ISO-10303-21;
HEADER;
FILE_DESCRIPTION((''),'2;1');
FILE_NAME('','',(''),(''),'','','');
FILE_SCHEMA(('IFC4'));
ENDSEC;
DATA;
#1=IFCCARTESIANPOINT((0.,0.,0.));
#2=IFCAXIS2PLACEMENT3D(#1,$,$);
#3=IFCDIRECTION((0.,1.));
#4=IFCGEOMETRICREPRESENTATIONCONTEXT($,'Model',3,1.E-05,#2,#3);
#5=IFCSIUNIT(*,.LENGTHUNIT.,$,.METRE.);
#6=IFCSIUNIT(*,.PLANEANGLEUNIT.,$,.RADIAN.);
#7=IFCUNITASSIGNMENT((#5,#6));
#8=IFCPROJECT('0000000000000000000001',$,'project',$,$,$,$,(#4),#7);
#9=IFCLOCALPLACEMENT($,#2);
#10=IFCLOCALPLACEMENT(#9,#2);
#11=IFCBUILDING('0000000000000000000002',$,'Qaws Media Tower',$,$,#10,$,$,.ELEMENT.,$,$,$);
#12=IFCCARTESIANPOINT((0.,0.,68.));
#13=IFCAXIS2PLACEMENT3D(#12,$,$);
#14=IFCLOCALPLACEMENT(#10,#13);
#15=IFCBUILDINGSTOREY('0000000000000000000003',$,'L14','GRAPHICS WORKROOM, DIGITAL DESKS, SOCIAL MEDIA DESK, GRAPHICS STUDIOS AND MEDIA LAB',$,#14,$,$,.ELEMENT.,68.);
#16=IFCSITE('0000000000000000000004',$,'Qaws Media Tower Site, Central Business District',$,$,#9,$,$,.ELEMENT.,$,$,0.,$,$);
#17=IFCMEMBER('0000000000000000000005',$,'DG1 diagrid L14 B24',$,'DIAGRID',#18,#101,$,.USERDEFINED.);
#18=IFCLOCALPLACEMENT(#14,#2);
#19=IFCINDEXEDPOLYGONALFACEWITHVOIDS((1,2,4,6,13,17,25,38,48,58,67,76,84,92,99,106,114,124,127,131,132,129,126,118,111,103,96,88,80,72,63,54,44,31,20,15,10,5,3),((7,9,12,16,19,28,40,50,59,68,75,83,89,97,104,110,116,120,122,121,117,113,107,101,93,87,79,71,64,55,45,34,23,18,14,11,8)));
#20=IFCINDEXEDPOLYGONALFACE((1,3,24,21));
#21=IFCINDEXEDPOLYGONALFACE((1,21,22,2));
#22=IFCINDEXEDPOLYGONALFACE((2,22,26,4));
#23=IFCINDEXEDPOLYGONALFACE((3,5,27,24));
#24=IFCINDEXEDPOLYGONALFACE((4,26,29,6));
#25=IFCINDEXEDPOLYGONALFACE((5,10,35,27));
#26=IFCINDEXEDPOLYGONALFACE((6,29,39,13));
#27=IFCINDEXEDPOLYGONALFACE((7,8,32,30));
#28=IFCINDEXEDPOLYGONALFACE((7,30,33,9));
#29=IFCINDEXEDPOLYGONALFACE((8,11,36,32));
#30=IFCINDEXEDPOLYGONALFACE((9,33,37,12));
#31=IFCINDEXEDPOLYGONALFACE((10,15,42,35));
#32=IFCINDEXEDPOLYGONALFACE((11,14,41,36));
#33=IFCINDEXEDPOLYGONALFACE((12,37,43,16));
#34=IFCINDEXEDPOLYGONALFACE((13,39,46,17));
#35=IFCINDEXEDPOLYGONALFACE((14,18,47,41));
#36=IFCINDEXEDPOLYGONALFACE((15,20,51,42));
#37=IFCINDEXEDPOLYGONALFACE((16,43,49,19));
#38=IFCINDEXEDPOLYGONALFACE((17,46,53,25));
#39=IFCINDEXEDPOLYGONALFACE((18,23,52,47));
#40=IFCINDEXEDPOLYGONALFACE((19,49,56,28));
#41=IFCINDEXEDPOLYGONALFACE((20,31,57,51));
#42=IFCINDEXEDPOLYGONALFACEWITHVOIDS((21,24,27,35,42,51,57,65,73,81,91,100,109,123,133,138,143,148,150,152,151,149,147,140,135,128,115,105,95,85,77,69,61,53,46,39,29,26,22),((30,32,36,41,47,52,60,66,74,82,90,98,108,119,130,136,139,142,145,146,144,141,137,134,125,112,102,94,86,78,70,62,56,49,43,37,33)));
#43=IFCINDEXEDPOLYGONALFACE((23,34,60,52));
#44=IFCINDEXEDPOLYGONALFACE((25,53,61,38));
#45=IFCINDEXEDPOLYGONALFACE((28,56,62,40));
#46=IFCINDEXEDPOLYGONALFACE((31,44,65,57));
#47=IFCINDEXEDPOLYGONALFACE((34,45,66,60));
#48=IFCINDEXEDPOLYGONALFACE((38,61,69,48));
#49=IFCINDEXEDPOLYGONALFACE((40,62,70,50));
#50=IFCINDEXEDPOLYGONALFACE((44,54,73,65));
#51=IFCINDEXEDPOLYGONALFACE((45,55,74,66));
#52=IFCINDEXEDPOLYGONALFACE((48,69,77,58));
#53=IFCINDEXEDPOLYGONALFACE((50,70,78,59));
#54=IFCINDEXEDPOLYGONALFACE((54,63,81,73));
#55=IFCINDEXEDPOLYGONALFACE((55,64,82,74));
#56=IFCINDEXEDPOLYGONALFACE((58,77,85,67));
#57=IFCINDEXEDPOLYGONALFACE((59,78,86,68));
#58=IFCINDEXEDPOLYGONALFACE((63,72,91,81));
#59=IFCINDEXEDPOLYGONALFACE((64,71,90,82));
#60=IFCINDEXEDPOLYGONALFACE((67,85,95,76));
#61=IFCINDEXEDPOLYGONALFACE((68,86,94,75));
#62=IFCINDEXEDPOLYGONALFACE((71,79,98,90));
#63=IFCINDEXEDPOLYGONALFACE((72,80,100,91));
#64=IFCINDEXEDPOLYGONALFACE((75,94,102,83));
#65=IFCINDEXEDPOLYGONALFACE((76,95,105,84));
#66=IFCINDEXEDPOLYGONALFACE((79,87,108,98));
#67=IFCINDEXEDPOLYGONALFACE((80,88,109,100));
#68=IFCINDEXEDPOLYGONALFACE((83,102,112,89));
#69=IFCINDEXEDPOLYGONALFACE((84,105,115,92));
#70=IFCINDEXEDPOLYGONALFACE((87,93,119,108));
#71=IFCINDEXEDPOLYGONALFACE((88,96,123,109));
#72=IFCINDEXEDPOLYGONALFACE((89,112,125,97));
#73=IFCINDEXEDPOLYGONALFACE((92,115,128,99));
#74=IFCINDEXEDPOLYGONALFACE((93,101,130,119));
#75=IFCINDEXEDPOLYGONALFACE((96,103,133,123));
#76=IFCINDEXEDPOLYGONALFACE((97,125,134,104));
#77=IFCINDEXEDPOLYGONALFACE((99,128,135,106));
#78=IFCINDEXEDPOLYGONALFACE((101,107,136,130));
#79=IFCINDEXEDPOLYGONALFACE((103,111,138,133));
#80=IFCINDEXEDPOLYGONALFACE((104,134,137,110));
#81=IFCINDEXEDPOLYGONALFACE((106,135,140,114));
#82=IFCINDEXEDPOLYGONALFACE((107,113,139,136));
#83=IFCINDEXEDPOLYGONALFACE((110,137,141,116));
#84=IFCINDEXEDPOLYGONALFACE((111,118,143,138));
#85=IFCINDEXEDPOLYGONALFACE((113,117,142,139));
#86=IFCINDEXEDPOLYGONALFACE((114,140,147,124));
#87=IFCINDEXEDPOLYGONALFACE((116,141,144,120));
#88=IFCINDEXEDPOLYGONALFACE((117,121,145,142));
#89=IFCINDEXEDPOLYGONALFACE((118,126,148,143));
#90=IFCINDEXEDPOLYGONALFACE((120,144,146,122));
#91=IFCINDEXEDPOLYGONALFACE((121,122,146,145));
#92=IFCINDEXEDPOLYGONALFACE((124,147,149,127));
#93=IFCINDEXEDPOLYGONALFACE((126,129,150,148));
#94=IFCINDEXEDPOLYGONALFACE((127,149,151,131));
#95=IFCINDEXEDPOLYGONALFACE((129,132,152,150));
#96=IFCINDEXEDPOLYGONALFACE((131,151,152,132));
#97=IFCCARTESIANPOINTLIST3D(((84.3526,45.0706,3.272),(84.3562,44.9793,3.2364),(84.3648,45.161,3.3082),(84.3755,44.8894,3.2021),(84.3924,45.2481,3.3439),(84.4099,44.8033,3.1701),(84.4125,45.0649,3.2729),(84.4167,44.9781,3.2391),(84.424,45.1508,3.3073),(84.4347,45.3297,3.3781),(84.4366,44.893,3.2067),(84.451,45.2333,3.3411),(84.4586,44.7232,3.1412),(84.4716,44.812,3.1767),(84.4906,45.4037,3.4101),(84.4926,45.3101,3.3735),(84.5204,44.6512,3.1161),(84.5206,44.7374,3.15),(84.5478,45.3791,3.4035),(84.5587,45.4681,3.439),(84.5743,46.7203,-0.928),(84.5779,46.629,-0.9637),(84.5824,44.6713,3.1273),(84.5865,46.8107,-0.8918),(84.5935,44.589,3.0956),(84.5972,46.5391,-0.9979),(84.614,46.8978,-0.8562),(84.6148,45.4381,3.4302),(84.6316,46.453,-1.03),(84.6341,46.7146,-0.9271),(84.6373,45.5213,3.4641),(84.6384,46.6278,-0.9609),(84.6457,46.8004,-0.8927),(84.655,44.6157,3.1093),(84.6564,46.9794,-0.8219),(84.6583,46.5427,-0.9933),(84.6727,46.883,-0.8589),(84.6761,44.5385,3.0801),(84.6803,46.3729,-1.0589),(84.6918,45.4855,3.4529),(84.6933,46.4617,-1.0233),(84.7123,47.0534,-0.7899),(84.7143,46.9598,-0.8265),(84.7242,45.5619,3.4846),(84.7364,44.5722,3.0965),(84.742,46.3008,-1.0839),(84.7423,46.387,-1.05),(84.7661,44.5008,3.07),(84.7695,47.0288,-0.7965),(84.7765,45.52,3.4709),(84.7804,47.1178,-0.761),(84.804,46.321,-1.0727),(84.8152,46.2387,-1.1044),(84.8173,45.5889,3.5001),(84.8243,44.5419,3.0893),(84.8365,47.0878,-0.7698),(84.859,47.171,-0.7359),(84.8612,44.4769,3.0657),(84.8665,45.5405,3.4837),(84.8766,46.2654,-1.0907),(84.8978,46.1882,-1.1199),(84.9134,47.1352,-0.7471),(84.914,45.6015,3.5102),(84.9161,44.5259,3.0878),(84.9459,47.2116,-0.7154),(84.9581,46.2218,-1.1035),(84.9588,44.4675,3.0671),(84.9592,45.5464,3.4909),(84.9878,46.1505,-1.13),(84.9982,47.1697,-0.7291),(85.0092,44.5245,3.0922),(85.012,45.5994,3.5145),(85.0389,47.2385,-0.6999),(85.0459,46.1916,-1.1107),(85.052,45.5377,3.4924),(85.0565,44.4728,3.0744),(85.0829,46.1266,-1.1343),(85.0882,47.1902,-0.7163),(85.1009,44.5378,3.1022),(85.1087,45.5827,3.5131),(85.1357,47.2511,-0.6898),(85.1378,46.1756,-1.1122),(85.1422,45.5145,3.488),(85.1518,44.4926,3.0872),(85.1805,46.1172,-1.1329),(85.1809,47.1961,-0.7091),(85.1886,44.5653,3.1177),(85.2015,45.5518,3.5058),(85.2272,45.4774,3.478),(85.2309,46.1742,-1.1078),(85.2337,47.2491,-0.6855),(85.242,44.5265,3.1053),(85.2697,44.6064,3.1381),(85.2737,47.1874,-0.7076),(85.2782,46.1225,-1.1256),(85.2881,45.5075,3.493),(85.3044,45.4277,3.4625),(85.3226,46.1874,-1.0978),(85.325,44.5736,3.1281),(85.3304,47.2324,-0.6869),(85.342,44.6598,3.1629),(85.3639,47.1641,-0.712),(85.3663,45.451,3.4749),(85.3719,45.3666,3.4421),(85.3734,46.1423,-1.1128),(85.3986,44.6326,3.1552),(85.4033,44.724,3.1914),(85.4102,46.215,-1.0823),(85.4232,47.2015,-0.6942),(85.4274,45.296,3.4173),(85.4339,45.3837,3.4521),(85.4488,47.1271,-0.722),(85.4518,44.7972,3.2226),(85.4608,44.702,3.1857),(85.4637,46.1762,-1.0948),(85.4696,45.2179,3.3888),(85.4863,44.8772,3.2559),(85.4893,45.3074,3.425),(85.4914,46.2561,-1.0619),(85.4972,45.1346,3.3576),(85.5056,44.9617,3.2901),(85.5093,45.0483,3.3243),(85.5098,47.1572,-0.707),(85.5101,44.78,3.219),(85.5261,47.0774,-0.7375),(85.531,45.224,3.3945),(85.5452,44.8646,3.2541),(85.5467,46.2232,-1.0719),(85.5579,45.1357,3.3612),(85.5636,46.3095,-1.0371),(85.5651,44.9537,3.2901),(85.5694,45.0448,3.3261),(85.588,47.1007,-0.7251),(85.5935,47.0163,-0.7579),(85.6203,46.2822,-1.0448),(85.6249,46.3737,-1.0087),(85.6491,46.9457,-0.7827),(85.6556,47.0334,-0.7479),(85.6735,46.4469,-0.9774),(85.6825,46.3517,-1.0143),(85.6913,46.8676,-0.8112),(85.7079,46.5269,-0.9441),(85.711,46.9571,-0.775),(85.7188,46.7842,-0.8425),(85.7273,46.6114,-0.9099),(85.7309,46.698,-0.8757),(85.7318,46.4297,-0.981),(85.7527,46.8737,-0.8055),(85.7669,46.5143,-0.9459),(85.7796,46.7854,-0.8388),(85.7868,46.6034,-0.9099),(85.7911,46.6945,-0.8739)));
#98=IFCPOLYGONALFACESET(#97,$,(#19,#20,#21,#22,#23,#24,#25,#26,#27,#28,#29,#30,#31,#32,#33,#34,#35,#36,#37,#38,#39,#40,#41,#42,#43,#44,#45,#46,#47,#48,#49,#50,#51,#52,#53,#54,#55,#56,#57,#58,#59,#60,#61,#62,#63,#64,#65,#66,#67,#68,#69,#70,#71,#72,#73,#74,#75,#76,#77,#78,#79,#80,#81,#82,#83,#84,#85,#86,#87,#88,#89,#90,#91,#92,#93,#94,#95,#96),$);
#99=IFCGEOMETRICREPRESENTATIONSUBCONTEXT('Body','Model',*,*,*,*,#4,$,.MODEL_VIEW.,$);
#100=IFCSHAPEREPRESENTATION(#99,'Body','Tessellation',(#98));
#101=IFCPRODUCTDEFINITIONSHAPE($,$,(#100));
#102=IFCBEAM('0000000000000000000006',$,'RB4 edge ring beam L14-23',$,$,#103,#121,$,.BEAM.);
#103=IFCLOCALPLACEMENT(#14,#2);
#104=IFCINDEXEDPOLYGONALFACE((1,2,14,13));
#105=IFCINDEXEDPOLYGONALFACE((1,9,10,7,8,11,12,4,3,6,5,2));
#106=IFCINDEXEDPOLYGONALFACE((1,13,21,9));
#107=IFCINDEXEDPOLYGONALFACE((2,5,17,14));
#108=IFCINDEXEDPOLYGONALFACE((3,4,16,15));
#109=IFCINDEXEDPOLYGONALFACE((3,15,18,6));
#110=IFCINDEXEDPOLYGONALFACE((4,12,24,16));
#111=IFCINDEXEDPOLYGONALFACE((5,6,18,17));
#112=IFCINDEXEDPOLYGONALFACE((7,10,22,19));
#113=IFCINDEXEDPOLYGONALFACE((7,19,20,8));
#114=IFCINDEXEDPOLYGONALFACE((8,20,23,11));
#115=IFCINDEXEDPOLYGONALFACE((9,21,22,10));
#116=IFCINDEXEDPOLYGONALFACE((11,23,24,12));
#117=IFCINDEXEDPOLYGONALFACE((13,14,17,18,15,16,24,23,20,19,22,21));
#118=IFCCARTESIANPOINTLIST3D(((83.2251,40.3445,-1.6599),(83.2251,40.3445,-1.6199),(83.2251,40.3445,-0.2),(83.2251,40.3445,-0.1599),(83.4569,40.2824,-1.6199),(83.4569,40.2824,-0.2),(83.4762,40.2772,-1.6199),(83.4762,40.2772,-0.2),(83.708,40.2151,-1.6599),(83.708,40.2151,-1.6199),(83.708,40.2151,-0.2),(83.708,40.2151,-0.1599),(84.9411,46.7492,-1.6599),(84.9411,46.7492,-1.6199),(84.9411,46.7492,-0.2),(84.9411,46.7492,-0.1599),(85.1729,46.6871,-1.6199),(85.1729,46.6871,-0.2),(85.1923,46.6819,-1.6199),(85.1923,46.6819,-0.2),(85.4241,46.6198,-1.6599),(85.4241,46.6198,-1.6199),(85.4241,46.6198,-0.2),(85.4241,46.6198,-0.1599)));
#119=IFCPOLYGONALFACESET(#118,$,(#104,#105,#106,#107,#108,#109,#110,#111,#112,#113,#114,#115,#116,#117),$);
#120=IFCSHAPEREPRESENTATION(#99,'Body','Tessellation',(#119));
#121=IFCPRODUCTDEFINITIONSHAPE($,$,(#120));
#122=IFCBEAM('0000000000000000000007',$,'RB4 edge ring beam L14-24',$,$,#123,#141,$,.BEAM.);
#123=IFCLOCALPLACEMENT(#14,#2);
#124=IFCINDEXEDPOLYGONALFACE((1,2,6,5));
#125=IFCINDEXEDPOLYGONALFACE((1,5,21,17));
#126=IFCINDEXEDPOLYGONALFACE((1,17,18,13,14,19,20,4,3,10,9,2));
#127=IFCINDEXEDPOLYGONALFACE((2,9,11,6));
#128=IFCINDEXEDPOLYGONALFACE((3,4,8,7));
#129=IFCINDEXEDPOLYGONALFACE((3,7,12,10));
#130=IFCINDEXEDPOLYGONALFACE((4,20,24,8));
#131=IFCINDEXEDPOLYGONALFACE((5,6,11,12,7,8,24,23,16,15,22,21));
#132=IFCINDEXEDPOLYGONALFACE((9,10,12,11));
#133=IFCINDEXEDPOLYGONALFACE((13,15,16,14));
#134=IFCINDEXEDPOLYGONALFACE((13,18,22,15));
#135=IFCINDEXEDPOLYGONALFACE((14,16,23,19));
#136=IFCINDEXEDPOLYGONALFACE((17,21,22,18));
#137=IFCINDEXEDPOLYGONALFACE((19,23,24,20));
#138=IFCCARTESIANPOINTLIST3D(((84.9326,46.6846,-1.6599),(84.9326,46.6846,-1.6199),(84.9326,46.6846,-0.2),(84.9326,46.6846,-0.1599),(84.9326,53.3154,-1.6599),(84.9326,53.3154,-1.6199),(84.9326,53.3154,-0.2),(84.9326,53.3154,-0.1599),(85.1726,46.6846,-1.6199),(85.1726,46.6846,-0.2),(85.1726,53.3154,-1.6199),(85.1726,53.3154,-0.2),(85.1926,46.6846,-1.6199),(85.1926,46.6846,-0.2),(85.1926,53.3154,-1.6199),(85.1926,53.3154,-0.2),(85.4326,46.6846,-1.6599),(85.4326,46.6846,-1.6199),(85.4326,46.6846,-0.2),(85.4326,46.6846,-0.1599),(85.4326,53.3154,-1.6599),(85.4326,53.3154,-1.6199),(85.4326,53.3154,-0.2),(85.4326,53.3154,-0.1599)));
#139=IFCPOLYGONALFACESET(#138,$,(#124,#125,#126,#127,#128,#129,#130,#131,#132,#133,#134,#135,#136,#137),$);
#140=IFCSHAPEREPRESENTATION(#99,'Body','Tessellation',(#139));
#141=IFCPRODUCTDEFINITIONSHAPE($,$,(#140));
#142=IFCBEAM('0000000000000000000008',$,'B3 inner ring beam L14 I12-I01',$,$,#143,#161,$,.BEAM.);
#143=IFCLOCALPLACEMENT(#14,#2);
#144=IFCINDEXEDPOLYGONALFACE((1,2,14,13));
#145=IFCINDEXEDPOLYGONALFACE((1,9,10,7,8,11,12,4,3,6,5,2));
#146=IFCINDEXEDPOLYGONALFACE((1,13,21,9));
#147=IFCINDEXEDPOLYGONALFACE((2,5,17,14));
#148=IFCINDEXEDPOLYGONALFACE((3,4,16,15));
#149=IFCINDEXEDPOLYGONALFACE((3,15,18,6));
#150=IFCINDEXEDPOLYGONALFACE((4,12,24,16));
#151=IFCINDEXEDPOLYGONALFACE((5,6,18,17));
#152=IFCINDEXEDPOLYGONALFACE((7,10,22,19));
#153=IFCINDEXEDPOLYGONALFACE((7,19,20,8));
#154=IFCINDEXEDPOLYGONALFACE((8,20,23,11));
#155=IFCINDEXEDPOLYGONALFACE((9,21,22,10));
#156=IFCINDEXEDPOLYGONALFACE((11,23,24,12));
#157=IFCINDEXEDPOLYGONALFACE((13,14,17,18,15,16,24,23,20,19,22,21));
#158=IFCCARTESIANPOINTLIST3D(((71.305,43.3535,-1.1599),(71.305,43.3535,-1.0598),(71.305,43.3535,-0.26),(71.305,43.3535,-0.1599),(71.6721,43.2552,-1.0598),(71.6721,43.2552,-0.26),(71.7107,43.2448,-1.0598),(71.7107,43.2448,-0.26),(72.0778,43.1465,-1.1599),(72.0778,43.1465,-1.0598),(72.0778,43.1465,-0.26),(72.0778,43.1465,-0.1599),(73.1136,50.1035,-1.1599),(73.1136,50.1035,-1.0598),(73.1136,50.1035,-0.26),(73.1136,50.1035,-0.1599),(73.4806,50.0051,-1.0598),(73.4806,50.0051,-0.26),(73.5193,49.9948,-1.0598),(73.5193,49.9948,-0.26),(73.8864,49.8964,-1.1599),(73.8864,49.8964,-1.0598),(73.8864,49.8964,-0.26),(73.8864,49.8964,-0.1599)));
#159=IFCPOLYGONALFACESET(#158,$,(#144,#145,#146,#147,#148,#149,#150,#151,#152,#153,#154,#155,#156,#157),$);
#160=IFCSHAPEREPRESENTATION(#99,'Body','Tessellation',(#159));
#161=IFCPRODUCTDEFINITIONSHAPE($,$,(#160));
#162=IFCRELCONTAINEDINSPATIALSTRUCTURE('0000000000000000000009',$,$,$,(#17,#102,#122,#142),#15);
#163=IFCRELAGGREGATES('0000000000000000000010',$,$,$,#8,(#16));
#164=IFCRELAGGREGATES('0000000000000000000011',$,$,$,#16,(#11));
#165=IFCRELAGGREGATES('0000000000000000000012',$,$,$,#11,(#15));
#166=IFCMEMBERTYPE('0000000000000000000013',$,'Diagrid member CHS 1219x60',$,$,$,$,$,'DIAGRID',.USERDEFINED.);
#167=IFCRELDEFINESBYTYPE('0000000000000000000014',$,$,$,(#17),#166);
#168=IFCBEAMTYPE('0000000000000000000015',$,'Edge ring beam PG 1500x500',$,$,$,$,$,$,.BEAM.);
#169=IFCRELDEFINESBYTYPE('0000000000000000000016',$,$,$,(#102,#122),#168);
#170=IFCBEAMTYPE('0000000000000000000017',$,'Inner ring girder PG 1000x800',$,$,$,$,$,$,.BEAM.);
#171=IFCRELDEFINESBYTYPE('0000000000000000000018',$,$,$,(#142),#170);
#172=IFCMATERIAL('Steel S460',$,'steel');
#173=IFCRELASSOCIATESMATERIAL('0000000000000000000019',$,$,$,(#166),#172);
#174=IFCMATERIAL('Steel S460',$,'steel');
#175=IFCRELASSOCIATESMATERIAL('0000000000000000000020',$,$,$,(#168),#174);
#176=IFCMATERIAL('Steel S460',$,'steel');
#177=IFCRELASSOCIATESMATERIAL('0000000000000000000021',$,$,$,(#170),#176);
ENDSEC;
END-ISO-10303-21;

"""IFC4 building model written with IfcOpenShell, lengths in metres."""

from ifc_helpers import new_model, si_unit, direction, frame, origin, origin_2d, place, context, subcontext, project, spatial, hollow_circle, i_section, extrude, material, material_profile, profile_set, type_object, element, save


model = new_model("IFC4")

# Units and contexts
model_context = context("Model", 3, precision=1e-05, world=origin(), true_north=direction((0.0, 1.0)))
body_context = subcontext(model_context, "Body", "Model", "MODEL_VIEW")
ifc_project = project(units=[si_unit("LENGTHUNIT", "METRE"), si_unit("PLANEANGLEUNIT", "RADIAN")], contexts=[model_context])

# Site, building, storey
site_placement = place(None, origin())
site = spatial("IfcSite", under=ifc_project, at=site_placement, Name="Qaws Media Tower Site, Central Business District", CompositionType="ELEMENT", RefElevation=0.0)
building_placement = place(site_placement, origin())
building = spatial("IfcBuilding", under=site, at=building_placement, Name="Qaws Media Tower", CompositionType="ELEMENT")
storey_placement = place(building_placement, frame((0.0, 0.0, 68.0)))
storey = spatial("IfcBuildingStorey", under=building, at=storey_placement, Name="L14", Description="GRAPHICS WORKROOM, DIGITAL DESKS, SOCIAL MEDIA DESK, GRAPHICS STUDIOS AND MEDIA LAB", CompositionType="ELEMENT", Elevation=68.0)

# Member
ifc_material_1 = material(Name="Steel S460", Category="steel")
ifc_material_profile_1 = material_profile(ifc_material_1, hollow_circle(Radius=0.6096, WallThickness=0.0601, at=origin_2d()), Name="CHS 1219x60")
ifc_profile_set_1 = profile_set([ifc_material_profile_1], Name="Steel S460")
member_type_1 = type_object("IfcMemberType", Name="Diagrid member CHS 1219x60", ElementType="DIAGRID", PredefinedType="USERDEFINED", material=ifc_profile_set_1)
for number, where, z_axis, x_axis, name in (
    (1, (85.1826, 46.6846, -0.9099), (-0.049069, -0.36515, 0.929655), (0.991092, -0.133182, 0.0), "DG1 diagrid L14 B24"),
):
    element("IfcMember", number, at=place(storey_placement, frame(where, z_axis=z_axis, x_axis=x_axis)), inside=storey, type_object=member_type_1, Name=name, ObjectType="DIAGRID", PredefinedType="USERDEFINED", context=body_context, shape_type="SweptSolid", body=[
        extrude(hollow_circle(Radius=0.6096, WallThickness=0.0601, at=origin_2d()), origin(), (0.0, 0.0, 1.0), 4.5178),
    ])

# Beams
ifc_material_2 = material(Name="Steel S460", Category="steel")
ifc_material_profile_2 = material_profile(ifc_material_2, i_section(OverallWidth=0.5, OverallDepth=1.5, WebThickness=0.02, FlangeThickness=0.04, at=origin_2d()), Name="PG 1500x500")
ifc_profile_set_2 = profile_set([ifc_material_profile_2], Name="Steel S460")
beam_type_1 = type_object("IfcBeamType", Name="Edge ring beam PG 1500x500", PredefinedType="BEAM", material=ifc_profile_set_2)
beam_1_placement = place(storey_placement, frame((83.4666, 40.2798, -0.9099), z_axis=(0.258806, 0.965929, 0.0), x_axis=(-0.965929, 0.258806, 0.0)))
element("IfcBeam", 2, at=beam_1_placement, inside=storey, type_object=beam_type_1, Name="RB4 edge ring beam L14-23", PredefinedType="BEAM", context=body_context, shape_type="SweptSolid", body=[
    extrude(i_section(OverallWidth=0.5, OverallDepth=1.5, WebThickness=0.02, FlangeThickness=0.04, at=origin_2d()), origin(), (0.0, 0.0, 1.0), 6.6306),
])
beam_2_placement = place(storey_placement, frame((85.1826, 46.6846, -0.9099), z_axis=(0.0, 1.0, 0.0), x_axis=(-1.0, 0.0, 0.0)))
element("IfcBeam", 3, at=beam_2_placement, inside=storey, type_object=beam_type_1, Name="RB4 edge ring beam L14-24", PredefinedType="BEAM", context=body_context, shape_type="SweptSolid", body=[
    extrude(i_section(OverallWidth=0.5, OverallDepth=1.5, WebThickness=0.02, FlangeThickness=0.04, at=origin_2d()), origin(), (0.0, 0.0, 1.0), 6.6309),
])
ifc_material_3 = material(Name="Steel S460", Category="steel")
ifc_material_profile_3 = material_profile(ifc_material_3, i_section(OverallWidth=0.8, OverallDepth=1.0, WebThickness=0.04, FlangeThickness=0.1001, at=origin_2d()), Name="PG 1000x800")
ifc_profile_set_3 = profile_set([ifc_material_profile_3], Name="Steel S460")
beam_type_2 = type_object("IfcBeamType", Name="Inner ring girder PG 1000x800", PredefinedType="BEAM", material=ifc_profile_set_3)
beam_3_placement = place(storey_placement, frame((71.6914, 43.25, -0.6599), z_axis=(0.258811, 0.965928, 0.0), x_axis=(-0.965928, 0.258811, 0.0)))
element("IfcBeam", 4, at=beam_3_placement, inside=storey, type_object=beam_type_2, Name="B3 inner ring beam L14 I12-I01", PredefinedType="BEAM", context=body_context, shape_type="SweptSolid", body=[
    extrude(i_section(OverallWidth=0.8, OverallDepth=1.0, WebThickness=0.04, FlangeThickness=0.1001, at=origin_2d()), origin(), (0.0, 0.0, 1.0), 6.988),
])

save(model, "model.ifc")
